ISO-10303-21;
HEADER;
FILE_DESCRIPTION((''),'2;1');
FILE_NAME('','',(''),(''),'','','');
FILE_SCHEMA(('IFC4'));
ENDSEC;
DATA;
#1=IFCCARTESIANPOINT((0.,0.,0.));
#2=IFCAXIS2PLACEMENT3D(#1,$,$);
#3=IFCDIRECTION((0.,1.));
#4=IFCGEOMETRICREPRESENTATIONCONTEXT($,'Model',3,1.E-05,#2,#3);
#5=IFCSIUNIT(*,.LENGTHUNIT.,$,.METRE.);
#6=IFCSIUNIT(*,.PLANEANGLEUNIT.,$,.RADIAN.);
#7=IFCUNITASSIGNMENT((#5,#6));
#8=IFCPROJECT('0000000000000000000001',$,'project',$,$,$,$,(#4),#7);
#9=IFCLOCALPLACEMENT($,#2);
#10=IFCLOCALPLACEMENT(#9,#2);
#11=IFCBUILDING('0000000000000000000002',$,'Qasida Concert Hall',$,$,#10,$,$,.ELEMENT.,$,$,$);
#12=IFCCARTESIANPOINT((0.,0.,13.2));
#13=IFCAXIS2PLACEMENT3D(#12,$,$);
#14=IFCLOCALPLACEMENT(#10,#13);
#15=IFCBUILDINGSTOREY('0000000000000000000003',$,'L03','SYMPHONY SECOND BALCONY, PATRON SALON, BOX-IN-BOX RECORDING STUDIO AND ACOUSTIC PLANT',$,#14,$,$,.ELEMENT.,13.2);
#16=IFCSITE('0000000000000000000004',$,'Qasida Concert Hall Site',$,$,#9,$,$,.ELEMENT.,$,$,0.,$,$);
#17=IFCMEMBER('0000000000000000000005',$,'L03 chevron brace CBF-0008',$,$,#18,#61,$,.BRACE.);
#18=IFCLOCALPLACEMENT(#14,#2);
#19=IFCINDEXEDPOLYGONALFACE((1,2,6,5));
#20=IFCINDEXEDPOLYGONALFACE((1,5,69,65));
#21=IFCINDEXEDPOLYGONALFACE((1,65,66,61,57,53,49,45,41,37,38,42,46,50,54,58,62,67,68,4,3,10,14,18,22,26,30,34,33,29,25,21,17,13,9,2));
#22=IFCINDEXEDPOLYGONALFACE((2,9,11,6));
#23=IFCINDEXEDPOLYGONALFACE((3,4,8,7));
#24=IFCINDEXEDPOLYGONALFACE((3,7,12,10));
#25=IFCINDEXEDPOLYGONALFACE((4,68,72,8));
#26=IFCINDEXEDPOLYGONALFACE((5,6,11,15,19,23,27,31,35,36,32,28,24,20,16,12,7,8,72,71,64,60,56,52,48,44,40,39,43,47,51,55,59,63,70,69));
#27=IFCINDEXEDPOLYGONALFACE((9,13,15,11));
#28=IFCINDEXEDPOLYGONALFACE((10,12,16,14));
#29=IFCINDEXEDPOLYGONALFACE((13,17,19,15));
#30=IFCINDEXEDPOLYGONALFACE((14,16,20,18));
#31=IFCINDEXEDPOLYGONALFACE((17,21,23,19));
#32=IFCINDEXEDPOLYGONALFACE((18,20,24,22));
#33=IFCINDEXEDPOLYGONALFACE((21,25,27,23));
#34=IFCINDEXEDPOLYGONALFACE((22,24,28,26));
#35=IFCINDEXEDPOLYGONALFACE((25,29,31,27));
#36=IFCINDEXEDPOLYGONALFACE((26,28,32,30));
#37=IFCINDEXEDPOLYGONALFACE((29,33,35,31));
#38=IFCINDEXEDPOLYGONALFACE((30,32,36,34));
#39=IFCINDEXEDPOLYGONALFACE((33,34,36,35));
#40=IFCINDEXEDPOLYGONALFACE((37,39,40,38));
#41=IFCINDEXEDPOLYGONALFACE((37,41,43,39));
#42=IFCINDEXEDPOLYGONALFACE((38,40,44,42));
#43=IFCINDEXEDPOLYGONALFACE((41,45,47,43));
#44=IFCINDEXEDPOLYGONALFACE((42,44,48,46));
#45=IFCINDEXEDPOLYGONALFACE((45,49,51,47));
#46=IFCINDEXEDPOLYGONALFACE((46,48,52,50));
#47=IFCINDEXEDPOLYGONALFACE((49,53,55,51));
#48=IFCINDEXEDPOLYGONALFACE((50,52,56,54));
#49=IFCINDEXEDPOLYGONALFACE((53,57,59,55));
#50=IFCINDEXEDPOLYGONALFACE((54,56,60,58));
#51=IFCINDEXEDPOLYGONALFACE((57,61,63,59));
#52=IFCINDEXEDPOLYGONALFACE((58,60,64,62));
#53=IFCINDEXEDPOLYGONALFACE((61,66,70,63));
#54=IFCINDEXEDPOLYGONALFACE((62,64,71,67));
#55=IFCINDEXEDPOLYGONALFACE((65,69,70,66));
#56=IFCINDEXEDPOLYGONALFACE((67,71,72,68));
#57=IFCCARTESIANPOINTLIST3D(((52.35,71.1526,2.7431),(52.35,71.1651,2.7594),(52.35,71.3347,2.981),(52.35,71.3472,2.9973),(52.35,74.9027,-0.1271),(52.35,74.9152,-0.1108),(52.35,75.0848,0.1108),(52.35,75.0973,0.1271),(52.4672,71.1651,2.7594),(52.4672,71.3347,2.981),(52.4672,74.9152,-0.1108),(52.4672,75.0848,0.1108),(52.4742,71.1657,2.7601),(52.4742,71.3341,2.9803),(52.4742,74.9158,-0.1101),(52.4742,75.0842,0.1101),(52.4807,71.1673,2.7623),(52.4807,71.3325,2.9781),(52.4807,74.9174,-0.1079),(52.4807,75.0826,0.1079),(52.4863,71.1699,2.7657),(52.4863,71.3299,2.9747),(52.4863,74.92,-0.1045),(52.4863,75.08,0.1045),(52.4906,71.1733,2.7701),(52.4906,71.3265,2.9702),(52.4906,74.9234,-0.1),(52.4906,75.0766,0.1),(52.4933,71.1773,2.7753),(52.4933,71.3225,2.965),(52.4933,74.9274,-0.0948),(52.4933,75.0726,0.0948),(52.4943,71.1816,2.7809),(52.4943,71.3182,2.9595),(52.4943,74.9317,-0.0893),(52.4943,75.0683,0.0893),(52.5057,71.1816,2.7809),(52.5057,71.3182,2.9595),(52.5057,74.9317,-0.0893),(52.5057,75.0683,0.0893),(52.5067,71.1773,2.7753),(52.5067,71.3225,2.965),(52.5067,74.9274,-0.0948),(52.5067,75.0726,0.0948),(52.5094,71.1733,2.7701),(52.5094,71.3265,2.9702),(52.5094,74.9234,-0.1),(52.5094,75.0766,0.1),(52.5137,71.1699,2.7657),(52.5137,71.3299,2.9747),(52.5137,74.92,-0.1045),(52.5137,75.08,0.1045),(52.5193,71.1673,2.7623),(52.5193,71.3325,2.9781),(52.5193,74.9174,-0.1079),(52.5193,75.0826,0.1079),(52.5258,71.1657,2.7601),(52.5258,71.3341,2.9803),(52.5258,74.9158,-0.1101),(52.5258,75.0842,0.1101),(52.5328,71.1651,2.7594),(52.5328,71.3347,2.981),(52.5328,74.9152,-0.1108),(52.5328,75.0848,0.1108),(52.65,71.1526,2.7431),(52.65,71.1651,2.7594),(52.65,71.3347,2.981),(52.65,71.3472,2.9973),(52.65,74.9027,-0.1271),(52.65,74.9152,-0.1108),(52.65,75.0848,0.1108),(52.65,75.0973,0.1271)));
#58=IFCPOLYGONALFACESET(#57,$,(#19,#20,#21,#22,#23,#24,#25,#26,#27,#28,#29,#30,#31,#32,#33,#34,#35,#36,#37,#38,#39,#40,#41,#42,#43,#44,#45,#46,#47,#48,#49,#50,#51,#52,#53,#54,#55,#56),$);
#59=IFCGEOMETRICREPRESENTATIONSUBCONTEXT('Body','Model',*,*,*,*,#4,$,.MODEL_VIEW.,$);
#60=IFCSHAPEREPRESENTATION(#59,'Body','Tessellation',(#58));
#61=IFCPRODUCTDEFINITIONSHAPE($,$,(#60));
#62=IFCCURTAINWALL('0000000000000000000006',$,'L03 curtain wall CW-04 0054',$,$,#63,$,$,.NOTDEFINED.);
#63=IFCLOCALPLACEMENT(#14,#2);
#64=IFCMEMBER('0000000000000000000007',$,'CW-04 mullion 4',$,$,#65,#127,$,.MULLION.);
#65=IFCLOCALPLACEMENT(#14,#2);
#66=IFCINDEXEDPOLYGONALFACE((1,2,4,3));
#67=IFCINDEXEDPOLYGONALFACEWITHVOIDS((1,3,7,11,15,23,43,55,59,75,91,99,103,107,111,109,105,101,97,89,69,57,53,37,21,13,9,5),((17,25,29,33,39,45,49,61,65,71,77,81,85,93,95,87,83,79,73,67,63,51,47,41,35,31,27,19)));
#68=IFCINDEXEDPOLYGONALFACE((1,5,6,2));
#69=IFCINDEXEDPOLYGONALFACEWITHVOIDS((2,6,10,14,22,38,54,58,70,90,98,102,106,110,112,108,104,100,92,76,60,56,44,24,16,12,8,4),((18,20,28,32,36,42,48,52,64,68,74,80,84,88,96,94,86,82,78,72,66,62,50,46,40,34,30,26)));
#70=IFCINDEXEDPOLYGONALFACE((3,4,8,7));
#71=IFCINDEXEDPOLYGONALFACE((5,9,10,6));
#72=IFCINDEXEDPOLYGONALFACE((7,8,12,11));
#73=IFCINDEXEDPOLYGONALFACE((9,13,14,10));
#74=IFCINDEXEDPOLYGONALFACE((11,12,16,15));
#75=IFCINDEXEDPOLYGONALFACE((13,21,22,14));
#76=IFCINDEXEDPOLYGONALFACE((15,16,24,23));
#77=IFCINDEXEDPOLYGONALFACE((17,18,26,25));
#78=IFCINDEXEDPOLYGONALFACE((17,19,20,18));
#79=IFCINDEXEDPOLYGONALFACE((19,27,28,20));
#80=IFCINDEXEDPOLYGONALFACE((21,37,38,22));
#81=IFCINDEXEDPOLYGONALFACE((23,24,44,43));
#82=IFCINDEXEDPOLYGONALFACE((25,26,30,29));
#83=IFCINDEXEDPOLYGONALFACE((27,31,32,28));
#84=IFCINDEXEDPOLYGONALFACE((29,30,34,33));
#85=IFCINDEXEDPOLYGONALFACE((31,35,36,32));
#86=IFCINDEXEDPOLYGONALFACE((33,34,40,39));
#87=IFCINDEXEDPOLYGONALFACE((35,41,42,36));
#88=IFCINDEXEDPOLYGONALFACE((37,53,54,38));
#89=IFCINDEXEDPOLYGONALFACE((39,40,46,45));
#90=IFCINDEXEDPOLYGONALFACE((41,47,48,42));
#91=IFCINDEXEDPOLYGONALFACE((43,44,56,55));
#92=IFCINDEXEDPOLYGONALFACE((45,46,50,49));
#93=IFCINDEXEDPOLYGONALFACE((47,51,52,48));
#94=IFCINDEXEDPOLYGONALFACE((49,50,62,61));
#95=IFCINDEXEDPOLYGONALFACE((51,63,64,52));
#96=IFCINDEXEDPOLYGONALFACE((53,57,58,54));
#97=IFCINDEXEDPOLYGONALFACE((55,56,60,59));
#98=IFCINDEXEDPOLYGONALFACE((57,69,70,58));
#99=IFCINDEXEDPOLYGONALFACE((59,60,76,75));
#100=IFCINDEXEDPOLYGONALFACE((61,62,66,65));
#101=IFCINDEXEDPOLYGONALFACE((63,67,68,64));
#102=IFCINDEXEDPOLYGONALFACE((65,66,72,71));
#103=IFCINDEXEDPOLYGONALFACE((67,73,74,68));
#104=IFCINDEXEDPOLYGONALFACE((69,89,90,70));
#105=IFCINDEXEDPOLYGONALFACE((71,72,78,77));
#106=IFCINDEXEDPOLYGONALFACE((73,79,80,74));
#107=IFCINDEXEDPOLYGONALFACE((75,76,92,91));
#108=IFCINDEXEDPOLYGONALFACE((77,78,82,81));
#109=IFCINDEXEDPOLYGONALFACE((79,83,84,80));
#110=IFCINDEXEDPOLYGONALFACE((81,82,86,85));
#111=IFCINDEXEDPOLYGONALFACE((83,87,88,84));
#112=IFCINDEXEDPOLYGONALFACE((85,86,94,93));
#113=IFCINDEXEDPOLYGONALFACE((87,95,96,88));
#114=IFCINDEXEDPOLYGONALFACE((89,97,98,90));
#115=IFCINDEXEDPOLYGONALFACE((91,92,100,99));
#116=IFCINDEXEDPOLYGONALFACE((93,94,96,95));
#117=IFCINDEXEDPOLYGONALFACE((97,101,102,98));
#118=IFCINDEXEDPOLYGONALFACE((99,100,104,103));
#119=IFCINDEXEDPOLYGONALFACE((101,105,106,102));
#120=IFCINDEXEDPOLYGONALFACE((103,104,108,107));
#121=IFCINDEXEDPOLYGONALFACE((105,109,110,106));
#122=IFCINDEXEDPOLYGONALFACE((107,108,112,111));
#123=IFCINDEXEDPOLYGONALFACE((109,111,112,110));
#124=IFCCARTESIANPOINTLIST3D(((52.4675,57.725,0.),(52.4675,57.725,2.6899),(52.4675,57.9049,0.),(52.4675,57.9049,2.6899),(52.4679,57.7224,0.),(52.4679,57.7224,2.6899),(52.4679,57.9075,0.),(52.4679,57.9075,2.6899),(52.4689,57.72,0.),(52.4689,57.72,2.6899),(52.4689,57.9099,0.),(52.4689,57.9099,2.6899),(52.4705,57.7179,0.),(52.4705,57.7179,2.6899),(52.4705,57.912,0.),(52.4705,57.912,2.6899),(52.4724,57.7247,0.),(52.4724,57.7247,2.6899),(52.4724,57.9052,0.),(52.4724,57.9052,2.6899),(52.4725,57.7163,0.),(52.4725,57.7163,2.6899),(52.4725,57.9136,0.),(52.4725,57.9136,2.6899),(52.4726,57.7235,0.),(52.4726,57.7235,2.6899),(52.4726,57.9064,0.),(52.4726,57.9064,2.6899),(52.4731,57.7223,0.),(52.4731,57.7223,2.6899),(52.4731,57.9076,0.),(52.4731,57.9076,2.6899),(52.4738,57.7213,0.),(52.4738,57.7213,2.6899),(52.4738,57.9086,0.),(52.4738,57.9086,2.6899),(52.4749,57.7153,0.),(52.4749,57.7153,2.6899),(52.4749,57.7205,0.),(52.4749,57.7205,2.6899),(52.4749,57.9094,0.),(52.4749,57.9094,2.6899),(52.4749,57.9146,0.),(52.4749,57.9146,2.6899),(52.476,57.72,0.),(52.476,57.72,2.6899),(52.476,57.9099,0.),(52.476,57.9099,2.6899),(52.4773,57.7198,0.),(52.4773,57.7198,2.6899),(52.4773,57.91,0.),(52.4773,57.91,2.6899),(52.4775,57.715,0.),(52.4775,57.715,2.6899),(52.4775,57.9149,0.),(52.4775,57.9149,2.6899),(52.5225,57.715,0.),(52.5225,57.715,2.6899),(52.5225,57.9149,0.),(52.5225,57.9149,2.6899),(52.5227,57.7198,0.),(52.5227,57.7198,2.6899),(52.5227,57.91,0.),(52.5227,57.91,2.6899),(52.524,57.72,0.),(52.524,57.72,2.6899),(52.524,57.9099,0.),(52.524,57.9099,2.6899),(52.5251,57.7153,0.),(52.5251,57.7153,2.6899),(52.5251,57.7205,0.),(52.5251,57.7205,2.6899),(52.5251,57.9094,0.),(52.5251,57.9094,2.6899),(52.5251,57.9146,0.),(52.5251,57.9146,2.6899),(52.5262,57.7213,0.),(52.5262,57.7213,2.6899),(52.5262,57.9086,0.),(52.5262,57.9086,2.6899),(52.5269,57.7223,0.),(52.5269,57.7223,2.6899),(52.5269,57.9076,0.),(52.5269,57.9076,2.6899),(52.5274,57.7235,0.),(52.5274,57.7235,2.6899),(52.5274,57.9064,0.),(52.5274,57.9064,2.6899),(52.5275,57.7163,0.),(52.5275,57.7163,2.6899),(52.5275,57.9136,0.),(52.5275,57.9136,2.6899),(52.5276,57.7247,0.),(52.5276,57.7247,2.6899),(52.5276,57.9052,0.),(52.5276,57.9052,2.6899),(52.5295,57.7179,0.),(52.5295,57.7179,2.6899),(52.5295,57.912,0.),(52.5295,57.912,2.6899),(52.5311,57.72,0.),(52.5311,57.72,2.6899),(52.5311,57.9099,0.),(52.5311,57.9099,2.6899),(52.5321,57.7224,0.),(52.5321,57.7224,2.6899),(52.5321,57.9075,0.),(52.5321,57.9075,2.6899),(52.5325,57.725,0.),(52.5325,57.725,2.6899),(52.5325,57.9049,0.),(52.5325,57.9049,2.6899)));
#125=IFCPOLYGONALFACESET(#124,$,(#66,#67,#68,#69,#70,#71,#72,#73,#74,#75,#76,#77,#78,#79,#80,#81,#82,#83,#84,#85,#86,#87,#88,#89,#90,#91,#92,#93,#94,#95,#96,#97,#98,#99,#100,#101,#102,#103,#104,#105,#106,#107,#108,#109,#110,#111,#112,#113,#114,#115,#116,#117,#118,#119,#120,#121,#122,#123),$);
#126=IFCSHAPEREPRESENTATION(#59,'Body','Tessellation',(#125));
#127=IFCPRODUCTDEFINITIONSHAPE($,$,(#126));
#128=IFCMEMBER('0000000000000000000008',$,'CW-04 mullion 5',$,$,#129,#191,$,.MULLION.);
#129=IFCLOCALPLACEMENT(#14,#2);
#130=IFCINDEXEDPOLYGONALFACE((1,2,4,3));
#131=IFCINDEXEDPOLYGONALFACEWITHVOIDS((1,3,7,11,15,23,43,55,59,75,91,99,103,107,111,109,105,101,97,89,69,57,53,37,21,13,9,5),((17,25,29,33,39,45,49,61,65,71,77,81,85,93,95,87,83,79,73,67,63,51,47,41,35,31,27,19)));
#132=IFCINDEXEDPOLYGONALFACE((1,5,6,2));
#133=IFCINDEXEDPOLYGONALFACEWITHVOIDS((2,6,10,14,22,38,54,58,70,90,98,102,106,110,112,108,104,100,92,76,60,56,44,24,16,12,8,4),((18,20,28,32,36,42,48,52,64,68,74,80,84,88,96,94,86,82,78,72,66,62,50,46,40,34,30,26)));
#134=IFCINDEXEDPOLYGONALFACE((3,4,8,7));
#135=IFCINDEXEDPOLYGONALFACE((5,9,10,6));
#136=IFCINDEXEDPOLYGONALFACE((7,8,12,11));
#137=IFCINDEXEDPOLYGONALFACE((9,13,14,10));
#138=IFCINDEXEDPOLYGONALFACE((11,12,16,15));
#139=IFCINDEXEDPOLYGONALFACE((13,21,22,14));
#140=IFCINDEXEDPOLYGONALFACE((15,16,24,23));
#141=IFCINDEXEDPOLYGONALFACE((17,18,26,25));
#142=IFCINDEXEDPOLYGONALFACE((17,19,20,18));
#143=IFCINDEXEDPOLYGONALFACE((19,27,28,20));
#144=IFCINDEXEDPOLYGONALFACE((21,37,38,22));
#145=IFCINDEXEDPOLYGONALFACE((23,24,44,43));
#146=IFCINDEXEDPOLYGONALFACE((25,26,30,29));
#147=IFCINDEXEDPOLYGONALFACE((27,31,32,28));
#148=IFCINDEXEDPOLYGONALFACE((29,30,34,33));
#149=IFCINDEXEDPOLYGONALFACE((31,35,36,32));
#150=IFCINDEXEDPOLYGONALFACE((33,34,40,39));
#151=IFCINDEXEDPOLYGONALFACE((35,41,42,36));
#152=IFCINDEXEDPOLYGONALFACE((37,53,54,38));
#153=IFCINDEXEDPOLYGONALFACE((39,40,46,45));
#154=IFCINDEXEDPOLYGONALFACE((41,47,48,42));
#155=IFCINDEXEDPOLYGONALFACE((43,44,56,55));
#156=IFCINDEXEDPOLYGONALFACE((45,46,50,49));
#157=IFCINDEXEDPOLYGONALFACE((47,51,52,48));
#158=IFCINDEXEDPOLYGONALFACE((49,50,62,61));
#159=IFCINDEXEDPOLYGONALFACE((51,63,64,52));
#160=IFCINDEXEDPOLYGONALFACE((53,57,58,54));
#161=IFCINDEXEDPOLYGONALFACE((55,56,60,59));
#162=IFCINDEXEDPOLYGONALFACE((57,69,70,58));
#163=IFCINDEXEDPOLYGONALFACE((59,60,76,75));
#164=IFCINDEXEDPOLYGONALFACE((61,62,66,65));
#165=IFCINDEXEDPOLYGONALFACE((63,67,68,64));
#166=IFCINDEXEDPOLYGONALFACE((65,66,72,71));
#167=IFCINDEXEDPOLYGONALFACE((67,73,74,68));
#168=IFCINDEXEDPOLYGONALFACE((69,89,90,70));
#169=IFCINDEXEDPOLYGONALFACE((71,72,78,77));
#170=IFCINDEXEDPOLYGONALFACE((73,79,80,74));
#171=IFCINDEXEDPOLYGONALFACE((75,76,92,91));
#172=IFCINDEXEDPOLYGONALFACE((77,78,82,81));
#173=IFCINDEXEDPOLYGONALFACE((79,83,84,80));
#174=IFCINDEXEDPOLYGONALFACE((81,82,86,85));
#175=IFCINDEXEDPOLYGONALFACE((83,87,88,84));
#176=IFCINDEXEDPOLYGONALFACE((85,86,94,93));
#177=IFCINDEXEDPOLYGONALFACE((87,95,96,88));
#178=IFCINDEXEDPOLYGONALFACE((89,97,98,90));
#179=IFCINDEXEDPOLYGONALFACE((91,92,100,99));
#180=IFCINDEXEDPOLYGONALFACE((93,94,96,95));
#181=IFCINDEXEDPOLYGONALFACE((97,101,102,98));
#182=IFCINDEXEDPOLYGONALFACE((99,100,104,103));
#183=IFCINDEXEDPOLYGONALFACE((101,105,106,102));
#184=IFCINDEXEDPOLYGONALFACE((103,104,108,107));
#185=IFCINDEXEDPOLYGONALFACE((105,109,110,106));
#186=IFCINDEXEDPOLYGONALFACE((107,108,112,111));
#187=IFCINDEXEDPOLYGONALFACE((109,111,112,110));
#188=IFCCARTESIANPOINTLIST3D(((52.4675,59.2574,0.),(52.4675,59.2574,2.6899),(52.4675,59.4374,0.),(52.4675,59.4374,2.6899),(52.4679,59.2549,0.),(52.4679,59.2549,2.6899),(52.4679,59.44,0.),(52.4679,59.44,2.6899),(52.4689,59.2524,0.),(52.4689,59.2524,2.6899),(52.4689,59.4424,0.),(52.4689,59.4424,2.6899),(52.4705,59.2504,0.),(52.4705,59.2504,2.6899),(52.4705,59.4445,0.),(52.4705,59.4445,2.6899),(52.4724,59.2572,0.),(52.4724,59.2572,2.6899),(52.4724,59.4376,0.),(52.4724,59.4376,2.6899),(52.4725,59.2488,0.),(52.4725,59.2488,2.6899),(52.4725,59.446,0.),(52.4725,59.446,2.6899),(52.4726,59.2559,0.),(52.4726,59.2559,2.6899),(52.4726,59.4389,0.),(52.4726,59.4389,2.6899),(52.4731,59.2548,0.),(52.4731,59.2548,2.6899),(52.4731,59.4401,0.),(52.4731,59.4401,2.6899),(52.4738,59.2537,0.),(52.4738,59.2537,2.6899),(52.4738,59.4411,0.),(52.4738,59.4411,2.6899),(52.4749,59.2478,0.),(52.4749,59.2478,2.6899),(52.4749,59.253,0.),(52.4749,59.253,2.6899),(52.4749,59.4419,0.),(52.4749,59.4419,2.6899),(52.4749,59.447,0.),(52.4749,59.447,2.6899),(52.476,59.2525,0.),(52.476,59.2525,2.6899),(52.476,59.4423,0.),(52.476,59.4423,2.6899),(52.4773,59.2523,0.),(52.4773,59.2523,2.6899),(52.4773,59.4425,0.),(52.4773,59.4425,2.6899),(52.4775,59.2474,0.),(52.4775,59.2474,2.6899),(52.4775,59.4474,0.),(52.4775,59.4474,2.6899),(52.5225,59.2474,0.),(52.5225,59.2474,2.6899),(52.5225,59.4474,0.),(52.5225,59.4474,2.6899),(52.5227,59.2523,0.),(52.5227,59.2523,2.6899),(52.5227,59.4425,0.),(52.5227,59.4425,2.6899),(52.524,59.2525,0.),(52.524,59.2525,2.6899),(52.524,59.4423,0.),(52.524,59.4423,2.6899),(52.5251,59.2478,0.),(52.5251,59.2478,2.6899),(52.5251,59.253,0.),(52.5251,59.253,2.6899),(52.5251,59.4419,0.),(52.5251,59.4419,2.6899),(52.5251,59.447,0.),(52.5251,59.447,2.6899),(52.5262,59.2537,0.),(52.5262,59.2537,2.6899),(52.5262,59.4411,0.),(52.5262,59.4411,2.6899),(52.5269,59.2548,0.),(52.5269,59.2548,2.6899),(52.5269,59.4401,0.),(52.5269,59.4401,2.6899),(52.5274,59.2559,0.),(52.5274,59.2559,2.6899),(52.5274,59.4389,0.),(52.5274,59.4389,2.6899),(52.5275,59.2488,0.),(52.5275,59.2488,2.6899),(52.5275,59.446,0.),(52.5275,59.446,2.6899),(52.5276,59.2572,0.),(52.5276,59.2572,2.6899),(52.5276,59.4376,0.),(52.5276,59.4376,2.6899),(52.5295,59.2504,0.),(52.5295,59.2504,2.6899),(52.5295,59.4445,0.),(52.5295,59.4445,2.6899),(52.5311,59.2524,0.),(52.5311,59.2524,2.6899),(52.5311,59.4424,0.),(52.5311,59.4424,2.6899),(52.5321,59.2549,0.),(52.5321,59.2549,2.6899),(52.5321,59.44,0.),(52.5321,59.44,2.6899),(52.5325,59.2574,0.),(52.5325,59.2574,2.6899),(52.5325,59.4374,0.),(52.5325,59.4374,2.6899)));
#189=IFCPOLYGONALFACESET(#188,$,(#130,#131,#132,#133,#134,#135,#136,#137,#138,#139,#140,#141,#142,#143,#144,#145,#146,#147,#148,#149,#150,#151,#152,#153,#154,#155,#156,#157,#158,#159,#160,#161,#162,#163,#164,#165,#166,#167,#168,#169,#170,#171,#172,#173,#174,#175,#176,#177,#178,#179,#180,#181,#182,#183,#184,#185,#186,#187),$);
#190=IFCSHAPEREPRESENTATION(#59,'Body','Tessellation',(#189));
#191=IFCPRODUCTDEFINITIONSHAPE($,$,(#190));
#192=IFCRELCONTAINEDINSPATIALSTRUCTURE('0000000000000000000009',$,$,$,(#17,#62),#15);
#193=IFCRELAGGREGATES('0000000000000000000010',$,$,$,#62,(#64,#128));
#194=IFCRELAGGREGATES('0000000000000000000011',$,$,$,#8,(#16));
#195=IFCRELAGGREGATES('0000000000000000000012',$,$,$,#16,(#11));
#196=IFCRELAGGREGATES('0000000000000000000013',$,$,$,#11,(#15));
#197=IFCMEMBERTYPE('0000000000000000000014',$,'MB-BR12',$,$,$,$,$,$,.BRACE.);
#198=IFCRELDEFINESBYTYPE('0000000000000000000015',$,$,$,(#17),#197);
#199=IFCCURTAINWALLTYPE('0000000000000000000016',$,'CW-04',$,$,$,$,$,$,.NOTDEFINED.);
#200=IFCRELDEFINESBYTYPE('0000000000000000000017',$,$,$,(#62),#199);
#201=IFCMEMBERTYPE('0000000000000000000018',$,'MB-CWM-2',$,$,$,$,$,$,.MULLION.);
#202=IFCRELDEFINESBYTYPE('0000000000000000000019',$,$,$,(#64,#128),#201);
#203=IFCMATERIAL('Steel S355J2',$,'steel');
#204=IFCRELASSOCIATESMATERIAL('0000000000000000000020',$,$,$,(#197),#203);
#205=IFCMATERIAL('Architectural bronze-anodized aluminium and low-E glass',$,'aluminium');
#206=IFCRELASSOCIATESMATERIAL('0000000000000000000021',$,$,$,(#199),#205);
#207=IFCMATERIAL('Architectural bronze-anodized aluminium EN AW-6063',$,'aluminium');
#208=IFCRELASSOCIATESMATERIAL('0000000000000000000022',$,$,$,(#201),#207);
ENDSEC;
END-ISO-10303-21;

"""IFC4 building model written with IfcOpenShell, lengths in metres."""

from ifc_helpers import new_model, si_unit, direction, frame, origin, origin_2d, place, context, subcontext, project, spatial, hollow_rectangle, i_section, extrude, material, material_profile, profile_set, type_object, element, aggregate, save


model = new_model("IFC4")

# Units and contexts
model_context = context("Model", 3, precision=1e-05, world=origin(), true_north=direction((0.0, 1.0)))
body_context = subcontext(model_context, "Body", "Model", "MODEL_VIEW")
ifc_project = project(units=[si_unit("LENGTHUNIT", "METRE"), si_unit("PLANEANGLEUNIT", "RADIAN")], contexts=[model_context])

# Site, building, storey
site_placement = place(None, origin())
site = spatial("IfcSite", under=ifc_project, at=site_placement, Name="Qasida Concert Hall Site", CompositionType="ELEMENT", RefElevation=0.0)
building_placement = place(site_placement, origin())
building = spatial("IfcBuilding", under=site, at=building_placement, Name="Qasida Concert Hall", CompositionType="ELEMENT")
storey_placement = place(building_placement, frame((0.0, 0.0, 13.2)))
storey = spatial("IfcBuildingStorey", under=building, at=storey_placement, Name="L03", Description="SYMPHONY SECOND BALCONY, PATRON SALON, BOX-IN-BOX RECORDING STUDIO AND ACOUSTIC PLANT", CompositionType="ELEMENT", Elevation=13.2)

# Shared definitions
ifc_material_1 = material(Name="Steel S355J2", Category="steel")

# Member
ifc_material_profile_1 = material_profile(ifc_material_1, i_section(OverallWidth=0.3, OverallDepth=0.3201, WebThickness=0.0115, FlangeThickness=0.0205, FilletRadius=0.0271, at=origin_2d()), Name="HEB 320")
ifc_profile_set_1 = profile_set([ifc_material_profile_1], Name="Steel S355J2")
member_type_1 = type_object("IfcMemberType", Name="MB-BR12", PredefinedType="BRACE", material=ifc_profile_set_1)
for number, where, z_axis, x_axis, name in (
    (1, (52.5, 75.0, 0.0), (0.0, -0.794105, 0.60778), (1.0, 0.0, 0.0), "L03 chevron brace CBF-0008"),
):
    element("IfcMember", number, at=place(storey_placement, frame(where, z_axis=z_axis, x_axis=x_axis)), inside=storey, type_object=member_type_1, Name=name, PredefinedType="BRACE", context=body_context, shape_type="SweptSolid", body=[
        extrude(i_section(OverallWidth=0.3, OverallDepth=0.3201, WebThickness=0.0115, FlangeThickness=0.0205, FilletRadius=0.0271, at=origin_2d()), origin(), (0.0, 0.0, 1.0), 4.7224),
    ])

# Curtain wall, members
ifc_material_2 = material(Name="Architectural bronze-anodized aluminium and low-E glass", Category="aluminium")
curtain_wall_type = type_object("IfcCurtainWallType", Name="CW-04", PredefinedType="NOTDEFINED", material=ifc_material_2)
curtain_wall_placement = place(storey_placement, origin())
curtain_wall = element("IfcCurtainWall", 2, at=curtain_wall_placement, inside=storey, type_object=curtain_wall_type, Name="L03 curtain wall CW-04 0054", PredefinedType="NOTDEFINED")
ifc_material_3 = material(Name="Architectural bronze-anodized aluminium EN AW-6063", Category="aluminium")
ifc_material_profile_2 = material_profile(ifc_material_3, hollow_rectangle(XDim=0.0649, YDim=0.2, WallThickness=0.0049, InnerFilletRadius=0.0049, OuterFilletRadius=0.01, at=origin_2d()), Name="CWM 200x65x5")
ifc_profile_set_2 = profile_set([ifc_material_profile_2], Name="Architectural bronze-anodized aluminium EN AW-6063")
member_type_2 = type_object("IfcMemberType", Name="MB-CWM-2", PredefinedType="MULLION", material=ifc_profile_set_2)
member_1_placement = place(storey_placement, frame((52.5, 57.8149, 0.0), z_axis=(0.0, 0.0, 1.0), x_axis=(-1.0, 0.0, 0.0)))
member_1 = element("IfcMember", 3, at=member_1_placement, type_object=member_type_2, Name="CW-04 mullion 4", PredefinedType="MULLION", context=body_context, shape_type="SweptSolid", body=[
    extrude(hollow_rectangle(XDim=0.0649, YDim=0.2, WallThickness=0.0049, InnerFilletRadius=0.0049, OuterFilletRadius=0.01, at=origin_2d()), origin(), (0.0, 0.0, 1.0), 2.6899),
])
member_2_placement = place(storey_placement, frame((52.5, 59.3474, 0.0), z_axis=(0.0, 0.0, 1.0), x_axis=(-1.0, 0.0, 0.0)))
member_2 = element("IfcMember", 4, at=member_2_placement, type_object=member_type_2, Name="CW-04 mullion 5", PredefinedType="MULLION", context=body_context, shape_type="SweptSolid", body=[
    extrude(hollow_rectangle(XDim=0.0649, YDim=0.2, WallThickness=0.0049, InnerFilletRadius=0.0049, OuterFilletRadius=0.01, at=origin_2d()), origin(), (0.0, 0.0, 1.0), 2.6899),
])
aggregate(curtain_wall, [member_1, member_2])

save(model, "model.ifc")
